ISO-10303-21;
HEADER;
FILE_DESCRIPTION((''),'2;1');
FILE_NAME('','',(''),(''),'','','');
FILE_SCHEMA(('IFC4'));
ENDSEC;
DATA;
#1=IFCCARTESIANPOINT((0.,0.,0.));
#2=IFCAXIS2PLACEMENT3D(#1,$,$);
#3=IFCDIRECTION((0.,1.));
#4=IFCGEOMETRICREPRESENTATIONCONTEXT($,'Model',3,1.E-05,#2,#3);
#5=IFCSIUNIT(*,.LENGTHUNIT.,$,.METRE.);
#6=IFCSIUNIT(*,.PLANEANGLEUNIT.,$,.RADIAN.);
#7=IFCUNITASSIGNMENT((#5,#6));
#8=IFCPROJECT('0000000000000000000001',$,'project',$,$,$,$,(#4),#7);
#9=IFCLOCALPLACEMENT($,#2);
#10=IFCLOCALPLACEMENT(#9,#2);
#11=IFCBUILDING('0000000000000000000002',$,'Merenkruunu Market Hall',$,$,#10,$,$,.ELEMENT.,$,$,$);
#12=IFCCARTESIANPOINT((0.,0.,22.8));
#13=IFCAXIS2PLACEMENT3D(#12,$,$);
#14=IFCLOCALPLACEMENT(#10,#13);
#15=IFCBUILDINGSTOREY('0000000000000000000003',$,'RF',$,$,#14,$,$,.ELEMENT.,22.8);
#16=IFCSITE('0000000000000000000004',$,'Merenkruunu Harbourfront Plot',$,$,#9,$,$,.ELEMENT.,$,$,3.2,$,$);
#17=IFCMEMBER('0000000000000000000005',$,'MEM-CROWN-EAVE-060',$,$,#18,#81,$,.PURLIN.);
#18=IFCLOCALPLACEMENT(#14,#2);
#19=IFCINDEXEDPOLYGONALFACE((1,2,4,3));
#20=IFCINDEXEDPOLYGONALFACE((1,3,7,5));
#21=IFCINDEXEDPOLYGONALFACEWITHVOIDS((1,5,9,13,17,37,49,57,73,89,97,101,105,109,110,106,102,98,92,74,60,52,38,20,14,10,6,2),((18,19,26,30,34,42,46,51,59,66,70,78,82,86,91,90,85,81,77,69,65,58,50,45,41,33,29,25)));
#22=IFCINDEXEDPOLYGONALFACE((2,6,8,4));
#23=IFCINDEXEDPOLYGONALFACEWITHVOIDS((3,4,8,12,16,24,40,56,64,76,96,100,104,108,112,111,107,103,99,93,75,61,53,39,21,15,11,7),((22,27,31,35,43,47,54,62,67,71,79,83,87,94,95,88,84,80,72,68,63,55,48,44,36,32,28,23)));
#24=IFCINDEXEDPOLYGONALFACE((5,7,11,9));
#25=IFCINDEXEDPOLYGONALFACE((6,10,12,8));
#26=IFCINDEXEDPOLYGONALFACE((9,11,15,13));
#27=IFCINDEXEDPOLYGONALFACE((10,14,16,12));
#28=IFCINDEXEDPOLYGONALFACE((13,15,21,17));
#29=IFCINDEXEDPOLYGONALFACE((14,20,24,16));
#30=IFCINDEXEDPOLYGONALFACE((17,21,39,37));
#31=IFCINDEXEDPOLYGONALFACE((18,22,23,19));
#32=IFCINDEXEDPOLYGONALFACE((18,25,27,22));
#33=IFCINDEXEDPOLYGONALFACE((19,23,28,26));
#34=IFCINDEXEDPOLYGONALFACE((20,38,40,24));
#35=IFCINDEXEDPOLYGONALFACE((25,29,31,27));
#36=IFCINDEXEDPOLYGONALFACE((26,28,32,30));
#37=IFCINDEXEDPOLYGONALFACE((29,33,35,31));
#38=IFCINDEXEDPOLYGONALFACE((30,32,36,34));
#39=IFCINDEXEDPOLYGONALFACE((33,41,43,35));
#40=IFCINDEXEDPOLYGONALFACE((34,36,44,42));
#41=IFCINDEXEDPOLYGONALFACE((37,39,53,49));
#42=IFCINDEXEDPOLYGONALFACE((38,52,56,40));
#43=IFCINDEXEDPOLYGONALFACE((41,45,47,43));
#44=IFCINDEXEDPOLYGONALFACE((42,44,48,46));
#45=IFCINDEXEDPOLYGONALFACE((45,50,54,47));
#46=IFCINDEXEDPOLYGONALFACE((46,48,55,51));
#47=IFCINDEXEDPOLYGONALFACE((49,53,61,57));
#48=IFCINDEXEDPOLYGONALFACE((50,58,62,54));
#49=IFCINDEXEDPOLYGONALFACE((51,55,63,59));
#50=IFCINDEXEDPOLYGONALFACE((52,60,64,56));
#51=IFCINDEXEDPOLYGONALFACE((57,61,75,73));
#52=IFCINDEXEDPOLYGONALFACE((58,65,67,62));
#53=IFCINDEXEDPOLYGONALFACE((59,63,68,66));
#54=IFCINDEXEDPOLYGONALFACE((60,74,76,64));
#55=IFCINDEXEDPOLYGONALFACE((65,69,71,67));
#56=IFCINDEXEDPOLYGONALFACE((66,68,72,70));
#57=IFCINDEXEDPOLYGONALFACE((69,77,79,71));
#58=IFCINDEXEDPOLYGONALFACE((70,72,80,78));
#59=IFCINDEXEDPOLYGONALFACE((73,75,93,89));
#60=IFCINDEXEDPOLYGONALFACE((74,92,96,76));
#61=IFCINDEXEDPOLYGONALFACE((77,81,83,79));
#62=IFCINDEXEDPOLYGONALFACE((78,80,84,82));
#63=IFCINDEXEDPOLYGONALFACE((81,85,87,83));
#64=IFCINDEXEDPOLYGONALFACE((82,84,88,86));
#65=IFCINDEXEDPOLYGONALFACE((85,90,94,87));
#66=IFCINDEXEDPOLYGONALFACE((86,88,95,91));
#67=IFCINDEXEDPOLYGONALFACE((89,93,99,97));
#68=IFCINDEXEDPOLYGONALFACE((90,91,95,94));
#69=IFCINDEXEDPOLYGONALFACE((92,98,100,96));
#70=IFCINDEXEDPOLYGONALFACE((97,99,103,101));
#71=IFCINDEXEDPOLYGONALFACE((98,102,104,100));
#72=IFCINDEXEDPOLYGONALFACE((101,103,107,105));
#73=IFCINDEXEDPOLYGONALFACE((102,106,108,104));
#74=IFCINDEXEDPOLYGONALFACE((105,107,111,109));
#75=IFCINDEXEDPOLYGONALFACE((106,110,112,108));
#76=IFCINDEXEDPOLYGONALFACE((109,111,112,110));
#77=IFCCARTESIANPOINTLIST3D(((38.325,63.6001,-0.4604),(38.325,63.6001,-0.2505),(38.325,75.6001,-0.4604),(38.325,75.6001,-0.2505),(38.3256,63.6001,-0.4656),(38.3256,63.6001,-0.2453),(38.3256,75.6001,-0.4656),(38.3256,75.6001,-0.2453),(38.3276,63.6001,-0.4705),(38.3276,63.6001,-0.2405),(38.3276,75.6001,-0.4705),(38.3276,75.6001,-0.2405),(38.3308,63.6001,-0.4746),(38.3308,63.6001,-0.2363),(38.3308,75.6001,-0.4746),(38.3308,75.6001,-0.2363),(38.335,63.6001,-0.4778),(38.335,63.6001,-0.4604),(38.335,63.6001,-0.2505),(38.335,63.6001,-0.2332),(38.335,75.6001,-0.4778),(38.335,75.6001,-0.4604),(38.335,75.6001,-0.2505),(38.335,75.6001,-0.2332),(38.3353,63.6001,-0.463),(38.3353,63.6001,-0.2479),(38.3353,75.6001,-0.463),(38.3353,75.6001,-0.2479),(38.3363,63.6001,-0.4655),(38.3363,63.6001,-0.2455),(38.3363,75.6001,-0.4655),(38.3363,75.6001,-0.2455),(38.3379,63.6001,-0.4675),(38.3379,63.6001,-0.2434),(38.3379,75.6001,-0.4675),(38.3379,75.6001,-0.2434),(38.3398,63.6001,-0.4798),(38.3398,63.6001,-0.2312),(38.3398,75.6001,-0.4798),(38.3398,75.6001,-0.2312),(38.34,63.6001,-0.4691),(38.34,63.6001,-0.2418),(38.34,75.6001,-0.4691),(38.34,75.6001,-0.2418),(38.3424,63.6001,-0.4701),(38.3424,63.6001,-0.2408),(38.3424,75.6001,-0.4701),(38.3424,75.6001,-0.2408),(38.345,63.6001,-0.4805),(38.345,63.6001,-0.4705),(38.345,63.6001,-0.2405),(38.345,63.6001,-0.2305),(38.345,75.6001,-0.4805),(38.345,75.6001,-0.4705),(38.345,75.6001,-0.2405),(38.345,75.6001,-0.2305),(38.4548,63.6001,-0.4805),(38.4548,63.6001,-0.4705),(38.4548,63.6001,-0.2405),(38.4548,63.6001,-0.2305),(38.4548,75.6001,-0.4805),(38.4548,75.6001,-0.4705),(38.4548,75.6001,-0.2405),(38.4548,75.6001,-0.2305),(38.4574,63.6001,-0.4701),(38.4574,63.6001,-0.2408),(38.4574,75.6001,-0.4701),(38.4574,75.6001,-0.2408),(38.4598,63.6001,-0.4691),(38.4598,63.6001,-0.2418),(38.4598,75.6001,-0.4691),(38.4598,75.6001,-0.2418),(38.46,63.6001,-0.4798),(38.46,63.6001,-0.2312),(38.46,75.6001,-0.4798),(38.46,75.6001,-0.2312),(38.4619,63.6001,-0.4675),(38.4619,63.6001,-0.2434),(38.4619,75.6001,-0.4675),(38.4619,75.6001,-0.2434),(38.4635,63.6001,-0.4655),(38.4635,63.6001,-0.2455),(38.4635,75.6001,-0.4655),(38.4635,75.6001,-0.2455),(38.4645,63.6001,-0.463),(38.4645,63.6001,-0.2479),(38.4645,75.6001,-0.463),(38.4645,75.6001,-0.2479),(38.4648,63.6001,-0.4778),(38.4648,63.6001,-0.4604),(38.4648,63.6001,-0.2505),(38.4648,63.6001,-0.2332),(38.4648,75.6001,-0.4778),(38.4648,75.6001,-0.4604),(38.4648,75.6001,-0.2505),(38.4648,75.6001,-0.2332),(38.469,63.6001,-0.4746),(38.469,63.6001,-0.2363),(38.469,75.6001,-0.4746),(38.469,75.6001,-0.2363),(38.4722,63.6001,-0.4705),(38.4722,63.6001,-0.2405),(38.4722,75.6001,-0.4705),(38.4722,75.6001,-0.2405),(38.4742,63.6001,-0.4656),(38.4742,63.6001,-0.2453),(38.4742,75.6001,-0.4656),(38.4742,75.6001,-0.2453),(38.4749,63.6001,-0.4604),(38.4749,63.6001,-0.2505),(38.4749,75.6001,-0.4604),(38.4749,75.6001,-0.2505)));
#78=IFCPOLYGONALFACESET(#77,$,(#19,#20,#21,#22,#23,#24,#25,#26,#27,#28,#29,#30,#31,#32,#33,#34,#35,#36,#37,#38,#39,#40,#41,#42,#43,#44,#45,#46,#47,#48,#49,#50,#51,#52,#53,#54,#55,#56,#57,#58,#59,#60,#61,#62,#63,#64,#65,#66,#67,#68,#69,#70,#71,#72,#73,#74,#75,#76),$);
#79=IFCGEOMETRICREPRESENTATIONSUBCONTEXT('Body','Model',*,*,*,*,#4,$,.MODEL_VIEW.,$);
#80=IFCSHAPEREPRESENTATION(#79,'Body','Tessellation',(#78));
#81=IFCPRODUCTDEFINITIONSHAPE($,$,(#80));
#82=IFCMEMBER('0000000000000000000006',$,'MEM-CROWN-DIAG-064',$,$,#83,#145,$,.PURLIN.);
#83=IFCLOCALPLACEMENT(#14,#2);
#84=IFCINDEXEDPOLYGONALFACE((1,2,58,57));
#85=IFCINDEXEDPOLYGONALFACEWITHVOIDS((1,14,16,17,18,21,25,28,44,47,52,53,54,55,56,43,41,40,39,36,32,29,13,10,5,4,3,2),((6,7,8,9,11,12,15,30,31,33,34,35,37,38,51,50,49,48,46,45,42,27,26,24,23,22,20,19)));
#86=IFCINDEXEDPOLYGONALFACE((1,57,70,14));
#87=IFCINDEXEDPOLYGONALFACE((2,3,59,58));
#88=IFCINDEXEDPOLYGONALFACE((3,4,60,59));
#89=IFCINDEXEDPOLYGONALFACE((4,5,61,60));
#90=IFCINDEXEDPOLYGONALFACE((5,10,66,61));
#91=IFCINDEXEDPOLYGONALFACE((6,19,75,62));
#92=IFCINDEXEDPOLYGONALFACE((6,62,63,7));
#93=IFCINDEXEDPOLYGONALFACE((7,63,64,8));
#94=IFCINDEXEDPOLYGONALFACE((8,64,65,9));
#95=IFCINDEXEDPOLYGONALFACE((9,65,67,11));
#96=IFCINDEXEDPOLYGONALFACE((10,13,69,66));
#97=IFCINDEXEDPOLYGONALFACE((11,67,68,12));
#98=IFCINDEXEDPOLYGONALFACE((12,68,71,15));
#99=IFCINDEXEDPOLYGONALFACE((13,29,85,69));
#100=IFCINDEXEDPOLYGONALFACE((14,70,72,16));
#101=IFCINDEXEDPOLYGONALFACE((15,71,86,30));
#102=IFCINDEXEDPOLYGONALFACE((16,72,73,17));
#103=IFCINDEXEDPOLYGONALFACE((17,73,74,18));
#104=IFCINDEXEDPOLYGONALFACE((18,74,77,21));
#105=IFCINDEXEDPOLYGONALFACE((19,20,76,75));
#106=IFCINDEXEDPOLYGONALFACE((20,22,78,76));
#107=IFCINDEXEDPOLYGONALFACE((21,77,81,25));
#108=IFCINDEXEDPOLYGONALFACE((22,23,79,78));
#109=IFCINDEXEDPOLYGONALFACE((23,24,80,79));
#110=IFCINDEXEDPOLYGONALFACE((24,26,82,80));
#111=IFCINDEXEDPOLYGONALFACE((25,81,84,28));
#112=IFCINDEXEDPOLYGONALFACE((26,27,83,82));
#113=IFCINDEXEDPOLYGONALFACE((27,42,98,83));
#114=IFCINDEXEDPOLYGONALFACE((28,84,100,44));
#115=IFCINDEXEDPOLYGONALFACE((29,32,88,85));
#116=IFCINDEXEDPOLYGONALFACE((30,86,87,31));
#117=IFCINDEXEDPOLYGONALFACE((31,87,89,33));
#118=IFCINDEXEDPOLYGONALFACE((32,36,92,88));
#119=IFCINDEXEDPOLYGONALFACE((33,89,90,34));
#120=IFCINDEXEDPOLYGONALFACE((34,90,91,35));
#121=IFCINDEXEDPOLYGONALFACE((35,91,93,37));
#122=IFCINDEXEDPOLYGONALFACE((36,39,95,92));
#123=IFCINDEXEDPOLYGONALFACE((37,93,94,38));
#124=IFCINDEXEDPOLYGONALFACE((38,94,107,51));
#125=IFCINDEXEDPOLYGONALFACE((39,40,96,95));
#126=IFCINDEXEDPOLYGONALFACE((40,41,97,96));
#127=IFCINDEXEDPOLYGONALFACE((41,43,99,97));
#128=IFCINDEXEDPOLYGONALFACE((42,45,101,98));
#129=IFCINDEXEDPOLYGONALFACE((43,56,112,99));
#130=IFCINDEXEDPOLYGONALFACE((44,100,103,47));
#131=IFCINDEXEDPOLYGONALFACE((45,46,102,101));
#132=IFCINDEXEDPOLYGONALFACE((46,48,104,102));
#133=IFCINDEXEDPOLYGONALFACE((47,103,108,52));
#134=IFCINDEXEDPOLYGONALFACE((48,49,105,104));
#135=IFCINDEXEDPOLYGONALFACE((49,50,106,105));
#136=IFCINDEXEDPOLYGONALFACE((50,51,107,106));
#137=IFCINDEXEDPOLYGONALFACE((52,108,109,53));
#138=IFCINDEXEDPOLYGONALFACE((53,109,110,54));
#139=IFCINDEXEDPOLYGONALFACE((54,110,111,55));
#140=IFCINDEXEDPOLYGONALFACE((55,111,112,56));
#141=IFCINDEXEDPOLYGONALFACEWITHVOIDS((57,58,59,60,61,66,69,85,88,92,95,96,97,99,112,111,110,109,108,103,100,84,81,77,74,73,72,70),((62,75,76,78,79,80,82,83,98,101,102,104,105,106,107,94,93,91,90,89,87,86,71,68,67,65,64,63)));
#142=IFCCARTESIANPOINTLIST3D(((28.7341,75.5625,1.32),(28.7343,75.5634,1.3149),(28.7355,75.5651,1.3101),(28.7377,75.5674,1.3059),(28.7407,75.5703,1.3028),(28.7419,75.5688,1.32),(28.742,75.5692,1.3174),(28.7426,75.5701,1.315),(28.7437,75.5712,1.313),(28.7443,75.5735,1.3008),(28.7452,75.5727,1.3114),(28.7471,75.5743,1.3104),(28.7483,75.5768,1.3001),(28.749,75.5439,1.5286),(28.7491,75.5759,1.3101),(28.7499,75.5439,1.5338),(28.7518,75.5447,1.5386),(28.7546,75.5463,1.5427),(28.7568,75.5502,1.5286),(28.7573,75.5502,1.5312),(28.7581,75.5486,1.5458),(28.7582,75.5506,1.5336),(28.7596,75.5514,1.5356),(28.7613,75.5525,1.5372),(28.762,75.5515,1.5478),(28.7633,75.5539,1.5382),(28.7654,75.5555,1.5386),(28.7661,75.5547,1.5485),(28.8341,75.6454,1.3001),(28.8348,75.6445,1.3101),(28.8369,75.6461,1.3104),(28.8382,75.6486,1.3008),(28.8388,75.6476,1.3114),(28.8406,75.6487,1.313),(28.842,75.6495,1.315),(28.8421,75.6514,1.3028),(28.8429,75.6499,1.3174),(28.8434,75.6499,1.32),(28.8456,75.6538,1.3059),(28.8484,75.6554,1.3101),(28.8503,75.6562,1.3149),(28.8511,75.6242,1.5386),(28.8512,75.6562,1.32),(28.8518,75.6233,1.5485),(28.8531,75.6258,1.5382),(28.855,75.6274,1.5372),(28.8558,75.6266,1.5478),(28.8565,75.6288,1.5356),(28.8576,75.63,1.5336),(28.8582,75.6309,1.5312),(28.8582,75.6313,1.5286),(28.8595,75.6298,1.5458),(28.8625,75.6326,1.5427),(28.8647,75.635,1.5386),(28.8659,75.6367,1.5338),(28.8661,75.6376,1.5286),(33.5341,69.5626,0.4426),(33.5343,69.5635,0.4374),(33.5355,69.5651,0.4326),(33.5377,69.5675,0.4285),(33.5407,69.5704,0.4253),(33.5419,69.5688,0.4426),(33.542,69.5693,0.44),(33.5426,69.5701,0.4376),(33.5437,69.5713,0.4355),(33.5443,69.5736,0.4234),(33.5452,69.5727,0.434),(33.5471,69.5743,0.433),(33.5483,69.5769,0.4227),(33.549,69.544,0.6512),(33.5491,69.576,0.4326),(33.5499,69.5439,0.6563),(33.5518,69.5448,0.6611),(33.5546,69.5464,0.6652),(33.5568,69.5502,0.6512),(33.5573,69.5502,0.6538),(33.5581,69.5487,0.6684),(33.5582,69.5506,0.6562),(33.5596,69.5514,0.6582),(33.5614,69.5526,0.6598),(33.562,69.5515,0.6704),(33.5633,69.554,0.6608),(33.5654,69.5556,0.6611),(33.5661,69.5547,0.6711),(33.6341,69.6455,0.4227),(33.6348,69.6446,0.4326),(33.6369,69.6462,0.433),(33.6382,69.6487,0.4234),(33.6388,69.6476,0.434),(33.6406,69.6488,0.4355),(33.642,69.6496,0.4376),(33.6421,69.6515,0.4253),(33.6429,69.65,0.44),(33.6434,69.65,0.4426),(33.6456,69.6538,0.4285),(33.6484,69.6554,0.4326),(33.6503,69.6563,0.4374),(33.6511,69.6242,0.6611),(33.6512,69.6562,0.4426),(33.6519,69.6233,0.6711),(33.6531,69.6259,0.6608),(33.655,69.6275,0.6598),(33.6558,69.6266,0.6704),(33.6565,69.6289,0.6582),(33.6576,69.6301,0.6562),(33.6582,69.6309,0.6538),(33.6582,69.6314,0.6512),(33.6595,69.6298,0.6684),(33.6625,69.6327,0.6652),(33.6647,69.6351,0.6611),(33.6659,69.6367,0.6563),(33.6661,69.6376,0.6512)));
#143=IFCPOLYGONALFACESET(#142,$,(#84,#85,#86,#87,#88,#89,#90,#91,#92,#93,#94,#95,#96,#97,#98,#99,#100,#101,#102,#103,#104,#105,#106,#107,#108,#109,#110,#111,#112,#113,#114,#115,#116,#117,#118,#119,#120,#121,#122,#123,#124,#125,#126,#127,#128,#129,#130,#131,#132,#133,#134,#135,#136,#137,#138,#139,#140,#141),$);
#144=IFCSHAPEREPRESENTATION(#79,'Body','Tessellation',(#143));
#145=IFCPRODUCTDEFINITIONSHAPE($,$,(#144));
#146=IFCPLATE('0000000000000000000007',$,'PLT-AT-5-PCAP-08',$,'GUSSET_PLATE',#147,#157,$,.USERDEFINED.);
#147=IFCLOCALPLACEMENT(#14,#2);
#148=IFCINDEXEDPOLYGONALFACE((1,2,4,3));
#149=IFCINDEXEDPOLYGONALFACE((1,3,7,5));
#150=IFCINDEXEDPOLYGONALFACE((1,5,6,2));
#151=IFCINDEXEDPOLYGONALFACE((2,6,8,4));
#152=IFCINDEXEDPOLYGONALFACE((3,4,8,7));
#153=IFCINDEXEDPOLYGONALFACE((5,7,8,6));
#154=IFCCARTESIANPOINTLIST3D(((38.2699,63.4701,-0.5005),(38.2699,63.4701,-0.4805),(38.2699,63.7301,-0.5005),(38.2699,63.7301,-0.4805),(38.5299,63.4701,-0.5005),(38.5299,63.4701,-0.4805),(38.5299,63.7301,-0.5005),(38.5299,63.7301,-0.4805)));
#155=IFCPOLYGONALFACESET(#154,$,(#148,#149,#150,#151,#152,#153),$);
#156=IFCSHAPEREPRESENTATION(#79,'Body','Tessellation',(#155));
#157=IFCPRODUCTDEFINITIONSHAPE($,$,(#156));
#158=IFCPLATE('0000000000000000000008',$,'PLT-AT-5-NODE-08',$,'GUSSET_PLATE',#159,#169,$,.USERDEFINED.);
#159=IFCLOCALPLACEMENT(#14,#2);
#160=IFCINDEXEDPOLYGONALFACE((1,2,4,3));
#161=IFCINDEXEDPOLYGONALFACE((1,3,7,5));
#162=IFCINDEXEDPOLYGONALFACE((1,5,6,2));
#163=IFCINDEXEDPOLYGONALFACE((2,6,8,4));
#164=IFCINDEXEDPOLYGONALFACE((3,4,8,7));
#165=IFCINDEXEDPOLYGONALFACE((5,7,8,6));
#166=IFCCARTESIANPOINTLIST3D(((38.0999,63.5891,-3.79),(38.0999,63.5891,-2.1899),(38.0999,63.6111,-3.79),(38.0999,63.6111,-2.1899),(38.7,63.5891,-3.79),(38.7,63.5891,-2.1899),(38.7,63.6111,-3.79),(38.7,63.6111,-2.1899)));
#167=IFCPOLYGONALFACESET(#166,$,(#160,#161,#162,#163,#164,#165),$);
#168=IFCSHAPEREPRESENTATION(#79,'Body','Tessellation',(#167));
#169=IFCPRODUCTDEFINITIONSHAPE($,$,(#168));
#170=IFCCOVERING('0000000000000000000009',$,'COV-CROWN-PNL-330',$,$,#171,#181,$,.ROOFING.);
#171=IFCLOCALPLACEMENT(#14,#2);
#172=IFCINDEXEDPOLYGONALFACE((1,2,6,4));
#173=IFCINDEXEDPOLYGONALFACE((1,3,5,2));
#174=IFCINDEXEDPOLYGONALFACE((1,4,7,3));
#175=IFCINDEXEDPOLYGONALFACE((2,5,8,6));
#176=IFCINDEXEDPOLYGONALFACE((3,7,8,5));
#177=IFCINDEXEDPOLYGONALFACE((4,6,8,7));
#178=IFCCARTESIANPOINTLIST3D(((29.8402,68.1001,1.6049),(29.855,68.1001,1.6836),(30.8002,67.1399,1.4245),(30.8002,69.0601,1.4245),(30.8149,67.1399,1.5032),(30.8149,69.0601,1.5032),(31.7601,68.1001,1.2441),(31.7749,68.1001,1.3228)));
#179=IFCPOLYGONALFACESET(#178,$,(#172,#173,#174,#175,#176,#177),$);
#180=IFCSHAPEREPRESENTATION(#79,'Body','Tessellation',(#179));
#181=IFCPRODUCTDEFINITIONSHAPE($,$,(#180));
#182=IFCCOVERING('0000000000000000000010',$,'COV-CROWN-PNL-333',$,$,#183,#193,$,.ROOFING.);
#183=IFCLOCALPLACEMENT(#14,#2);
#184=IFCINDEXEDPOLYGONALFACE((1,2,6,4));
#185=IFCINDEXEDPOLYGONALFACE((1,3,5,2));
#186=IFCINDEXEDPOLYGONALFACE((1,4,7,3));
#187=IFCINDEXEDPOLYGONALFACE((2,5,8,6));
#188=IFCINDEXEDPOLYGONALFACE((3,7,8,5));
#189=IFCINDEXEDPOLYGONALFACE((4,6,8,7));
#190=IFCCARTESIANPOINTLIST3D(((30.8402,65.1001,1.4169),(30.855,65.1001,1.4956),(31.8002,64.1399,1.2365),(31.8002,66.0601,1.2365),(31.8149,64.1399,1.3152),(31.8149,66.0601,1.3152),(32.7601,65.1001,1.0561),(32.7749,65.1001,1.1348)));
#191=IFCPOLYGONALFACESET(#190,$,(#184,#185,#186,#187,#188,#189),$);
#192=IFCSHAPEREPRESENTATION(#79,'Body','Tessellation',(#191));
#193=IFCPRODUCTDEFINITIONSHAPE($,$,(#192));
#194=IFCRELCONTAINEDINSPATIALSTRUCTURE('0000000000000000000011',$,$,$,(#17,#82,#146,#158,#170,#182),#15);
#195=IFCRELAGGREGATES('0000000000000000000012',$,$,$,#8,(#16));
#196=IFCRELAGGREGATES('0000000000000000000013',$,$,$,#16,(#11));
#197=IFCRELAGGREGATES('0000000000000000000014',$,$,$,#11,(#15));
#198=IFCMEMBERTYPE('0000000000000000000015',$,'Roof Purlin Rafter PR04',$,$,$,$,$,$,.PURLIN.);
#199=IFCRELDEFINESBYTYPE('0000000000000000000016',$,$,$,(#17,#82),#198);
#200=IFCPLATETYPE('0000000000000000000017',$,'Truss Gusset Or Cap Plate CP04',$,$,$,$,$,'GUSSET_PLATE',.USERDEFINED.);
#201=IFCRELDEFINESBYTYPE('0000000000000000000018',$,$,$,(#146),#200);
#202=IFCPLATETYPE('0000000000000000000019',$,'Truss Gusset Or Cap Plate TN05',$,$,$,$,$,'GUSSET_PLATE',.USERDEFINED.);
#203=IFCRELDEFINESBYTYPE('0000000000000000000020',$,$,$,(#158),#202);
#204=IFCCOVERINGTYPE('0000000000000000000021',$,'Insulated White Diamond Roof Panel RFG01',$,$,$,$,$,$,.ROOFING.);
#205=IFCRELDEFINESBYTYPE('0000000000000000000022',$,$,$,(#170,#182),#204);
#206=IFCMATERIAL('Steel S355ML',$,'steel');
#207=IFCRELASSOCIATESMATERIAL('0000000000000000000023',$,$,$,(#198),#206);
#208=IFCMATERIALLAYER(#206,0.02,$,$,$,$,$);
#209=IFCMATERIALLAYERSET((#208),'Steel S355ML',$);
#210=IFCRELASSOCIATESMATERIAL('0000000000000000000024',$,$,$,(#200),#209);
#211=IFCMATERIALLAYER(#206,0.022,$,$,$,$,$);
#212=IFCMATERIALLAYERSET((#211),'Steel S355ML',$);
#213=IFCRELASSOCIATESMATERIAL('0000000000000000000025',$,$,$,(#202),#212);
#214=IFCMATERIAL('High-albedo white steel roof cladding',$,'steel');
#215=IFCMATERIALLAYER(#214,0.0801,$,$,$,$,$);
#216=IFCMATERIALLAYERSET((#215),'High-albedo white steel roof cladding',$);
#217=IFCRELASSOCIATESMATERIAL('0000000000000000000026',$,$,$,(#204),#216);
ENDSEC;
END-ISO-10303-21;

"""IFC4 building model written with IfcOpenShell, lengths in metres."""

from ifc_helpers import new_model, si_unit, direction, frame, origin, origin_2d, place, context, subcontext, project, spatial, polyline, rectangle, hollow_rectangle, outline, extrude, material, layer, layer_set, material_profile, profile_set, type_object, element, save


model = new_model("IFC4")

# Units and contexts
model_context = context("Model", 3, precision=1e-05, world=origin(), true_north=direction((0.0, 1.0)))
body_context = subcontext(model_context, "Body", "Model", "MODEL_VIEW")
ifc_project = project(units=[si_unit("LENGTHUNIT", "METRE"), si_unit("PLANEANGLEUNIT", "RADIAN")], contexts=[model_context])

# Site, building, storey
site_placement = place(None, origin())
site = spatial("IfcSite", under=ifc_project, at=site_placement, Name="Merenkruunu Harbourfront Plot", CompositionType="ELEMENT", RefElevation=3.2)
building_placement = place(site_placement, origin())
building = spatial("IfcBuilding", under=site, at=building_placement, Name="Merenkruunu Market Hall", CompositionType="ELEMENT")
storey_placement = place(building_placement, frame((0.0, 0.0, 22.8)))
storey = spatial("IfcBuildingStorey", under=building, at=storey_placement, Name="RF", CompositionType="ELEMENT", Elevation=22.8)

# Members
ifc_material_1 = material(Name="Steel S355ML", Category="steel")
ifc_material_profile_1 = material_profile(ifc_material_1, hollow_rectangle(XDim=0.1499, YDim=0.25, WallThickness=0.01, InnerFilletRadius=0.01, OuterFilletRadius=0.02, at=origin_2d()), Name="RHS 250x150x10")
ifc_profile_set_1 = profile_set([ifc_material_profile_1], Name="Steel S355ML")
member_type_1 = type_object("IfcMemberType", Name="Roof Purlin Rafter PR04", PredefinedType="PURLIN", material=ifc_profile_set_1)
member_1_placement = place(storey_placement, frame((38.3999, 63.6001, -0.3555), z_axis=(0.0, 1.0, 0.0), x_axis=(-1.0, 0.0, 0.0)))
element("IfcMember", 1, at=member_1_placement, inside=storey, type_object=member_type_1, Name="MEM-CROWN-EAVE-060", PredefinedType="PURLIN", context=body_context, shape_type="SweptSolid", body=[
    extrude(hollow_rectangle(XDim=0.1499, YDim=0.25, WallThickness=0.01, InnerFilletRadius=0.01, OuterFilletRadius=0.02, at=origin_2d()), origin(), (0.0, 0.0, 1.0), 12.0),
])
member_2_placement = place(storey_placement, frame((33.6001, 69.6001, 0.5469), z_axis=(-0.620665, 0.775824, 0.113457), x_axis=(-0.780866, -0.624699, 0.0)))
element("IfcMember", 2, at=member_2_placement, inside=storey, type_object=member_type_1, Name="MEM-CROWN-DIAG-064", PredefinedType="PURLIN", context=body_context, shape_type="SweptSolid", body=[
    extrude(hollow_rectangle(XDim=0.1499, YDim=0.25, WallThickness=0.01, InnerFilletRadius=0.01, OuterFilletRadius=0.02, at=origin_2d()), origin(), (0.0, 0.0, 1.0), 7.7336),
])

# Plates
ifc_layer_1 = layer(ifc_material_1, 0.02)
ifc_layer_set_1 = layer_set([ifc_layer_1], Name="Steel S355ML")
plate_type_1 = type_object("IfcPlateType", Name="Truss Gusset Or Cap Plate CP04", ElementType="GUSSET_PLATE", PredefinedType="USERDEFINED", material=ifc_layer_set_1)
plate_1_placement = place(storey_placement, frame((38.3999, 63.6001, -0.5005), z_axis=(0.0, 0.0, 1.0), x_axis=(1.0, 0.0, 0.0)))
element("IfcPlate", 3, at=plate_1_placement, inside=storey, type_object=plate_type_1, Name="PLT-AT-5-PCAP-08", ObjectType="GUSSET_PLATE", PredefinedType="USERDEFINED", context=body_context, shape_type="SweptSolid", body=[
    extrude(rectangle(XDim=0.26, YDim=0.26, at=origin_2d()), origin(), (0.0, 0.0, 1.0), 0.02),
])
ifc_layer_2 = layer(ifc_material_1, 0.022)
ifc_layer_set_2 = layer_set([ifc_layer_2], Name="Steel S355ML")
plate_type_2 = type_object("IfcPlateType", Name="Truss Gusset Or Cap Plate TN05", ElementType="GUSSET_PLATE", PredefinedType="USERDEFINED", material=ifc_layer_set_2)
plate_2_placement = place(storey_placement, frame((38.3999, 63.6001, -3.79), z_axis=(0.0, 0.0, 1.0), x_axis=(1.0, 0.0, 0.0)))
element("IfcPlate", 4, at=plate_2_placement, inside=storey, type_object=plate_type_2, Name="PLT-AT-5-NODE-08", ObjectType="GUSSET_PLATE", PredefinedType="USERDEFINED", context=body_context, shape_type="SweptSolid", body=[
    extrude(rectangle(XDim=0.6001, YDim=0.022, at=origin_2d()), origin(), (0.0, 0.0, 1.0), 1.6001),
])

# Coverings
ifc_material_2 = material(Name="High-albedo white steel roof cladding", Category="steel")
ifc_layer_3 = layer(ifc_material_2, 0.0801)
ifc_layer_set_3 = layer_set([ifc_layer_3], Name="High-albedo white steel roof cladding")
covering_type_1 = type_object("IfcCoveringType", Name="Insulated White Diamond Roof Panel RFG01", PredefinedType="ROOFING", material=ifc_layer_set_3)
for number, where, z_axis, x_axis, name in (
    (5, (29.855, 68.1001, 1.6836), (0.184711, 0.0, 0.982793), (0.700856, -0.701035, -0.131722), "COV-CROWN-PNL-330"),
    (6, (30.855, 65.1001, 1.4956), (0.184711, 0.0, 0.982793), (0.700856, -0.701035, -0.131722), "COV-CROWN-PNL-333"),
):
    element("IfcCovering", number, at=place(storey_placement, frame(where, z_axis=z_axis, x_axis=x_axis)), inside=storey, type_object=covering_type_1, Name=name, PredefinedType="ROOFING", context=body_context, shape_type="SweptSolid", body=[
        extrude(outline(polyline([(0.0, 0.0), (1.3697, 0.0), (1.3931, 1.3695), (0.0236, 1.3693), (0.0, 0.0)])), origin(), (0.0, 0.0, -1.0), 0.0801),
    ])

save(model, "model.ifc")
